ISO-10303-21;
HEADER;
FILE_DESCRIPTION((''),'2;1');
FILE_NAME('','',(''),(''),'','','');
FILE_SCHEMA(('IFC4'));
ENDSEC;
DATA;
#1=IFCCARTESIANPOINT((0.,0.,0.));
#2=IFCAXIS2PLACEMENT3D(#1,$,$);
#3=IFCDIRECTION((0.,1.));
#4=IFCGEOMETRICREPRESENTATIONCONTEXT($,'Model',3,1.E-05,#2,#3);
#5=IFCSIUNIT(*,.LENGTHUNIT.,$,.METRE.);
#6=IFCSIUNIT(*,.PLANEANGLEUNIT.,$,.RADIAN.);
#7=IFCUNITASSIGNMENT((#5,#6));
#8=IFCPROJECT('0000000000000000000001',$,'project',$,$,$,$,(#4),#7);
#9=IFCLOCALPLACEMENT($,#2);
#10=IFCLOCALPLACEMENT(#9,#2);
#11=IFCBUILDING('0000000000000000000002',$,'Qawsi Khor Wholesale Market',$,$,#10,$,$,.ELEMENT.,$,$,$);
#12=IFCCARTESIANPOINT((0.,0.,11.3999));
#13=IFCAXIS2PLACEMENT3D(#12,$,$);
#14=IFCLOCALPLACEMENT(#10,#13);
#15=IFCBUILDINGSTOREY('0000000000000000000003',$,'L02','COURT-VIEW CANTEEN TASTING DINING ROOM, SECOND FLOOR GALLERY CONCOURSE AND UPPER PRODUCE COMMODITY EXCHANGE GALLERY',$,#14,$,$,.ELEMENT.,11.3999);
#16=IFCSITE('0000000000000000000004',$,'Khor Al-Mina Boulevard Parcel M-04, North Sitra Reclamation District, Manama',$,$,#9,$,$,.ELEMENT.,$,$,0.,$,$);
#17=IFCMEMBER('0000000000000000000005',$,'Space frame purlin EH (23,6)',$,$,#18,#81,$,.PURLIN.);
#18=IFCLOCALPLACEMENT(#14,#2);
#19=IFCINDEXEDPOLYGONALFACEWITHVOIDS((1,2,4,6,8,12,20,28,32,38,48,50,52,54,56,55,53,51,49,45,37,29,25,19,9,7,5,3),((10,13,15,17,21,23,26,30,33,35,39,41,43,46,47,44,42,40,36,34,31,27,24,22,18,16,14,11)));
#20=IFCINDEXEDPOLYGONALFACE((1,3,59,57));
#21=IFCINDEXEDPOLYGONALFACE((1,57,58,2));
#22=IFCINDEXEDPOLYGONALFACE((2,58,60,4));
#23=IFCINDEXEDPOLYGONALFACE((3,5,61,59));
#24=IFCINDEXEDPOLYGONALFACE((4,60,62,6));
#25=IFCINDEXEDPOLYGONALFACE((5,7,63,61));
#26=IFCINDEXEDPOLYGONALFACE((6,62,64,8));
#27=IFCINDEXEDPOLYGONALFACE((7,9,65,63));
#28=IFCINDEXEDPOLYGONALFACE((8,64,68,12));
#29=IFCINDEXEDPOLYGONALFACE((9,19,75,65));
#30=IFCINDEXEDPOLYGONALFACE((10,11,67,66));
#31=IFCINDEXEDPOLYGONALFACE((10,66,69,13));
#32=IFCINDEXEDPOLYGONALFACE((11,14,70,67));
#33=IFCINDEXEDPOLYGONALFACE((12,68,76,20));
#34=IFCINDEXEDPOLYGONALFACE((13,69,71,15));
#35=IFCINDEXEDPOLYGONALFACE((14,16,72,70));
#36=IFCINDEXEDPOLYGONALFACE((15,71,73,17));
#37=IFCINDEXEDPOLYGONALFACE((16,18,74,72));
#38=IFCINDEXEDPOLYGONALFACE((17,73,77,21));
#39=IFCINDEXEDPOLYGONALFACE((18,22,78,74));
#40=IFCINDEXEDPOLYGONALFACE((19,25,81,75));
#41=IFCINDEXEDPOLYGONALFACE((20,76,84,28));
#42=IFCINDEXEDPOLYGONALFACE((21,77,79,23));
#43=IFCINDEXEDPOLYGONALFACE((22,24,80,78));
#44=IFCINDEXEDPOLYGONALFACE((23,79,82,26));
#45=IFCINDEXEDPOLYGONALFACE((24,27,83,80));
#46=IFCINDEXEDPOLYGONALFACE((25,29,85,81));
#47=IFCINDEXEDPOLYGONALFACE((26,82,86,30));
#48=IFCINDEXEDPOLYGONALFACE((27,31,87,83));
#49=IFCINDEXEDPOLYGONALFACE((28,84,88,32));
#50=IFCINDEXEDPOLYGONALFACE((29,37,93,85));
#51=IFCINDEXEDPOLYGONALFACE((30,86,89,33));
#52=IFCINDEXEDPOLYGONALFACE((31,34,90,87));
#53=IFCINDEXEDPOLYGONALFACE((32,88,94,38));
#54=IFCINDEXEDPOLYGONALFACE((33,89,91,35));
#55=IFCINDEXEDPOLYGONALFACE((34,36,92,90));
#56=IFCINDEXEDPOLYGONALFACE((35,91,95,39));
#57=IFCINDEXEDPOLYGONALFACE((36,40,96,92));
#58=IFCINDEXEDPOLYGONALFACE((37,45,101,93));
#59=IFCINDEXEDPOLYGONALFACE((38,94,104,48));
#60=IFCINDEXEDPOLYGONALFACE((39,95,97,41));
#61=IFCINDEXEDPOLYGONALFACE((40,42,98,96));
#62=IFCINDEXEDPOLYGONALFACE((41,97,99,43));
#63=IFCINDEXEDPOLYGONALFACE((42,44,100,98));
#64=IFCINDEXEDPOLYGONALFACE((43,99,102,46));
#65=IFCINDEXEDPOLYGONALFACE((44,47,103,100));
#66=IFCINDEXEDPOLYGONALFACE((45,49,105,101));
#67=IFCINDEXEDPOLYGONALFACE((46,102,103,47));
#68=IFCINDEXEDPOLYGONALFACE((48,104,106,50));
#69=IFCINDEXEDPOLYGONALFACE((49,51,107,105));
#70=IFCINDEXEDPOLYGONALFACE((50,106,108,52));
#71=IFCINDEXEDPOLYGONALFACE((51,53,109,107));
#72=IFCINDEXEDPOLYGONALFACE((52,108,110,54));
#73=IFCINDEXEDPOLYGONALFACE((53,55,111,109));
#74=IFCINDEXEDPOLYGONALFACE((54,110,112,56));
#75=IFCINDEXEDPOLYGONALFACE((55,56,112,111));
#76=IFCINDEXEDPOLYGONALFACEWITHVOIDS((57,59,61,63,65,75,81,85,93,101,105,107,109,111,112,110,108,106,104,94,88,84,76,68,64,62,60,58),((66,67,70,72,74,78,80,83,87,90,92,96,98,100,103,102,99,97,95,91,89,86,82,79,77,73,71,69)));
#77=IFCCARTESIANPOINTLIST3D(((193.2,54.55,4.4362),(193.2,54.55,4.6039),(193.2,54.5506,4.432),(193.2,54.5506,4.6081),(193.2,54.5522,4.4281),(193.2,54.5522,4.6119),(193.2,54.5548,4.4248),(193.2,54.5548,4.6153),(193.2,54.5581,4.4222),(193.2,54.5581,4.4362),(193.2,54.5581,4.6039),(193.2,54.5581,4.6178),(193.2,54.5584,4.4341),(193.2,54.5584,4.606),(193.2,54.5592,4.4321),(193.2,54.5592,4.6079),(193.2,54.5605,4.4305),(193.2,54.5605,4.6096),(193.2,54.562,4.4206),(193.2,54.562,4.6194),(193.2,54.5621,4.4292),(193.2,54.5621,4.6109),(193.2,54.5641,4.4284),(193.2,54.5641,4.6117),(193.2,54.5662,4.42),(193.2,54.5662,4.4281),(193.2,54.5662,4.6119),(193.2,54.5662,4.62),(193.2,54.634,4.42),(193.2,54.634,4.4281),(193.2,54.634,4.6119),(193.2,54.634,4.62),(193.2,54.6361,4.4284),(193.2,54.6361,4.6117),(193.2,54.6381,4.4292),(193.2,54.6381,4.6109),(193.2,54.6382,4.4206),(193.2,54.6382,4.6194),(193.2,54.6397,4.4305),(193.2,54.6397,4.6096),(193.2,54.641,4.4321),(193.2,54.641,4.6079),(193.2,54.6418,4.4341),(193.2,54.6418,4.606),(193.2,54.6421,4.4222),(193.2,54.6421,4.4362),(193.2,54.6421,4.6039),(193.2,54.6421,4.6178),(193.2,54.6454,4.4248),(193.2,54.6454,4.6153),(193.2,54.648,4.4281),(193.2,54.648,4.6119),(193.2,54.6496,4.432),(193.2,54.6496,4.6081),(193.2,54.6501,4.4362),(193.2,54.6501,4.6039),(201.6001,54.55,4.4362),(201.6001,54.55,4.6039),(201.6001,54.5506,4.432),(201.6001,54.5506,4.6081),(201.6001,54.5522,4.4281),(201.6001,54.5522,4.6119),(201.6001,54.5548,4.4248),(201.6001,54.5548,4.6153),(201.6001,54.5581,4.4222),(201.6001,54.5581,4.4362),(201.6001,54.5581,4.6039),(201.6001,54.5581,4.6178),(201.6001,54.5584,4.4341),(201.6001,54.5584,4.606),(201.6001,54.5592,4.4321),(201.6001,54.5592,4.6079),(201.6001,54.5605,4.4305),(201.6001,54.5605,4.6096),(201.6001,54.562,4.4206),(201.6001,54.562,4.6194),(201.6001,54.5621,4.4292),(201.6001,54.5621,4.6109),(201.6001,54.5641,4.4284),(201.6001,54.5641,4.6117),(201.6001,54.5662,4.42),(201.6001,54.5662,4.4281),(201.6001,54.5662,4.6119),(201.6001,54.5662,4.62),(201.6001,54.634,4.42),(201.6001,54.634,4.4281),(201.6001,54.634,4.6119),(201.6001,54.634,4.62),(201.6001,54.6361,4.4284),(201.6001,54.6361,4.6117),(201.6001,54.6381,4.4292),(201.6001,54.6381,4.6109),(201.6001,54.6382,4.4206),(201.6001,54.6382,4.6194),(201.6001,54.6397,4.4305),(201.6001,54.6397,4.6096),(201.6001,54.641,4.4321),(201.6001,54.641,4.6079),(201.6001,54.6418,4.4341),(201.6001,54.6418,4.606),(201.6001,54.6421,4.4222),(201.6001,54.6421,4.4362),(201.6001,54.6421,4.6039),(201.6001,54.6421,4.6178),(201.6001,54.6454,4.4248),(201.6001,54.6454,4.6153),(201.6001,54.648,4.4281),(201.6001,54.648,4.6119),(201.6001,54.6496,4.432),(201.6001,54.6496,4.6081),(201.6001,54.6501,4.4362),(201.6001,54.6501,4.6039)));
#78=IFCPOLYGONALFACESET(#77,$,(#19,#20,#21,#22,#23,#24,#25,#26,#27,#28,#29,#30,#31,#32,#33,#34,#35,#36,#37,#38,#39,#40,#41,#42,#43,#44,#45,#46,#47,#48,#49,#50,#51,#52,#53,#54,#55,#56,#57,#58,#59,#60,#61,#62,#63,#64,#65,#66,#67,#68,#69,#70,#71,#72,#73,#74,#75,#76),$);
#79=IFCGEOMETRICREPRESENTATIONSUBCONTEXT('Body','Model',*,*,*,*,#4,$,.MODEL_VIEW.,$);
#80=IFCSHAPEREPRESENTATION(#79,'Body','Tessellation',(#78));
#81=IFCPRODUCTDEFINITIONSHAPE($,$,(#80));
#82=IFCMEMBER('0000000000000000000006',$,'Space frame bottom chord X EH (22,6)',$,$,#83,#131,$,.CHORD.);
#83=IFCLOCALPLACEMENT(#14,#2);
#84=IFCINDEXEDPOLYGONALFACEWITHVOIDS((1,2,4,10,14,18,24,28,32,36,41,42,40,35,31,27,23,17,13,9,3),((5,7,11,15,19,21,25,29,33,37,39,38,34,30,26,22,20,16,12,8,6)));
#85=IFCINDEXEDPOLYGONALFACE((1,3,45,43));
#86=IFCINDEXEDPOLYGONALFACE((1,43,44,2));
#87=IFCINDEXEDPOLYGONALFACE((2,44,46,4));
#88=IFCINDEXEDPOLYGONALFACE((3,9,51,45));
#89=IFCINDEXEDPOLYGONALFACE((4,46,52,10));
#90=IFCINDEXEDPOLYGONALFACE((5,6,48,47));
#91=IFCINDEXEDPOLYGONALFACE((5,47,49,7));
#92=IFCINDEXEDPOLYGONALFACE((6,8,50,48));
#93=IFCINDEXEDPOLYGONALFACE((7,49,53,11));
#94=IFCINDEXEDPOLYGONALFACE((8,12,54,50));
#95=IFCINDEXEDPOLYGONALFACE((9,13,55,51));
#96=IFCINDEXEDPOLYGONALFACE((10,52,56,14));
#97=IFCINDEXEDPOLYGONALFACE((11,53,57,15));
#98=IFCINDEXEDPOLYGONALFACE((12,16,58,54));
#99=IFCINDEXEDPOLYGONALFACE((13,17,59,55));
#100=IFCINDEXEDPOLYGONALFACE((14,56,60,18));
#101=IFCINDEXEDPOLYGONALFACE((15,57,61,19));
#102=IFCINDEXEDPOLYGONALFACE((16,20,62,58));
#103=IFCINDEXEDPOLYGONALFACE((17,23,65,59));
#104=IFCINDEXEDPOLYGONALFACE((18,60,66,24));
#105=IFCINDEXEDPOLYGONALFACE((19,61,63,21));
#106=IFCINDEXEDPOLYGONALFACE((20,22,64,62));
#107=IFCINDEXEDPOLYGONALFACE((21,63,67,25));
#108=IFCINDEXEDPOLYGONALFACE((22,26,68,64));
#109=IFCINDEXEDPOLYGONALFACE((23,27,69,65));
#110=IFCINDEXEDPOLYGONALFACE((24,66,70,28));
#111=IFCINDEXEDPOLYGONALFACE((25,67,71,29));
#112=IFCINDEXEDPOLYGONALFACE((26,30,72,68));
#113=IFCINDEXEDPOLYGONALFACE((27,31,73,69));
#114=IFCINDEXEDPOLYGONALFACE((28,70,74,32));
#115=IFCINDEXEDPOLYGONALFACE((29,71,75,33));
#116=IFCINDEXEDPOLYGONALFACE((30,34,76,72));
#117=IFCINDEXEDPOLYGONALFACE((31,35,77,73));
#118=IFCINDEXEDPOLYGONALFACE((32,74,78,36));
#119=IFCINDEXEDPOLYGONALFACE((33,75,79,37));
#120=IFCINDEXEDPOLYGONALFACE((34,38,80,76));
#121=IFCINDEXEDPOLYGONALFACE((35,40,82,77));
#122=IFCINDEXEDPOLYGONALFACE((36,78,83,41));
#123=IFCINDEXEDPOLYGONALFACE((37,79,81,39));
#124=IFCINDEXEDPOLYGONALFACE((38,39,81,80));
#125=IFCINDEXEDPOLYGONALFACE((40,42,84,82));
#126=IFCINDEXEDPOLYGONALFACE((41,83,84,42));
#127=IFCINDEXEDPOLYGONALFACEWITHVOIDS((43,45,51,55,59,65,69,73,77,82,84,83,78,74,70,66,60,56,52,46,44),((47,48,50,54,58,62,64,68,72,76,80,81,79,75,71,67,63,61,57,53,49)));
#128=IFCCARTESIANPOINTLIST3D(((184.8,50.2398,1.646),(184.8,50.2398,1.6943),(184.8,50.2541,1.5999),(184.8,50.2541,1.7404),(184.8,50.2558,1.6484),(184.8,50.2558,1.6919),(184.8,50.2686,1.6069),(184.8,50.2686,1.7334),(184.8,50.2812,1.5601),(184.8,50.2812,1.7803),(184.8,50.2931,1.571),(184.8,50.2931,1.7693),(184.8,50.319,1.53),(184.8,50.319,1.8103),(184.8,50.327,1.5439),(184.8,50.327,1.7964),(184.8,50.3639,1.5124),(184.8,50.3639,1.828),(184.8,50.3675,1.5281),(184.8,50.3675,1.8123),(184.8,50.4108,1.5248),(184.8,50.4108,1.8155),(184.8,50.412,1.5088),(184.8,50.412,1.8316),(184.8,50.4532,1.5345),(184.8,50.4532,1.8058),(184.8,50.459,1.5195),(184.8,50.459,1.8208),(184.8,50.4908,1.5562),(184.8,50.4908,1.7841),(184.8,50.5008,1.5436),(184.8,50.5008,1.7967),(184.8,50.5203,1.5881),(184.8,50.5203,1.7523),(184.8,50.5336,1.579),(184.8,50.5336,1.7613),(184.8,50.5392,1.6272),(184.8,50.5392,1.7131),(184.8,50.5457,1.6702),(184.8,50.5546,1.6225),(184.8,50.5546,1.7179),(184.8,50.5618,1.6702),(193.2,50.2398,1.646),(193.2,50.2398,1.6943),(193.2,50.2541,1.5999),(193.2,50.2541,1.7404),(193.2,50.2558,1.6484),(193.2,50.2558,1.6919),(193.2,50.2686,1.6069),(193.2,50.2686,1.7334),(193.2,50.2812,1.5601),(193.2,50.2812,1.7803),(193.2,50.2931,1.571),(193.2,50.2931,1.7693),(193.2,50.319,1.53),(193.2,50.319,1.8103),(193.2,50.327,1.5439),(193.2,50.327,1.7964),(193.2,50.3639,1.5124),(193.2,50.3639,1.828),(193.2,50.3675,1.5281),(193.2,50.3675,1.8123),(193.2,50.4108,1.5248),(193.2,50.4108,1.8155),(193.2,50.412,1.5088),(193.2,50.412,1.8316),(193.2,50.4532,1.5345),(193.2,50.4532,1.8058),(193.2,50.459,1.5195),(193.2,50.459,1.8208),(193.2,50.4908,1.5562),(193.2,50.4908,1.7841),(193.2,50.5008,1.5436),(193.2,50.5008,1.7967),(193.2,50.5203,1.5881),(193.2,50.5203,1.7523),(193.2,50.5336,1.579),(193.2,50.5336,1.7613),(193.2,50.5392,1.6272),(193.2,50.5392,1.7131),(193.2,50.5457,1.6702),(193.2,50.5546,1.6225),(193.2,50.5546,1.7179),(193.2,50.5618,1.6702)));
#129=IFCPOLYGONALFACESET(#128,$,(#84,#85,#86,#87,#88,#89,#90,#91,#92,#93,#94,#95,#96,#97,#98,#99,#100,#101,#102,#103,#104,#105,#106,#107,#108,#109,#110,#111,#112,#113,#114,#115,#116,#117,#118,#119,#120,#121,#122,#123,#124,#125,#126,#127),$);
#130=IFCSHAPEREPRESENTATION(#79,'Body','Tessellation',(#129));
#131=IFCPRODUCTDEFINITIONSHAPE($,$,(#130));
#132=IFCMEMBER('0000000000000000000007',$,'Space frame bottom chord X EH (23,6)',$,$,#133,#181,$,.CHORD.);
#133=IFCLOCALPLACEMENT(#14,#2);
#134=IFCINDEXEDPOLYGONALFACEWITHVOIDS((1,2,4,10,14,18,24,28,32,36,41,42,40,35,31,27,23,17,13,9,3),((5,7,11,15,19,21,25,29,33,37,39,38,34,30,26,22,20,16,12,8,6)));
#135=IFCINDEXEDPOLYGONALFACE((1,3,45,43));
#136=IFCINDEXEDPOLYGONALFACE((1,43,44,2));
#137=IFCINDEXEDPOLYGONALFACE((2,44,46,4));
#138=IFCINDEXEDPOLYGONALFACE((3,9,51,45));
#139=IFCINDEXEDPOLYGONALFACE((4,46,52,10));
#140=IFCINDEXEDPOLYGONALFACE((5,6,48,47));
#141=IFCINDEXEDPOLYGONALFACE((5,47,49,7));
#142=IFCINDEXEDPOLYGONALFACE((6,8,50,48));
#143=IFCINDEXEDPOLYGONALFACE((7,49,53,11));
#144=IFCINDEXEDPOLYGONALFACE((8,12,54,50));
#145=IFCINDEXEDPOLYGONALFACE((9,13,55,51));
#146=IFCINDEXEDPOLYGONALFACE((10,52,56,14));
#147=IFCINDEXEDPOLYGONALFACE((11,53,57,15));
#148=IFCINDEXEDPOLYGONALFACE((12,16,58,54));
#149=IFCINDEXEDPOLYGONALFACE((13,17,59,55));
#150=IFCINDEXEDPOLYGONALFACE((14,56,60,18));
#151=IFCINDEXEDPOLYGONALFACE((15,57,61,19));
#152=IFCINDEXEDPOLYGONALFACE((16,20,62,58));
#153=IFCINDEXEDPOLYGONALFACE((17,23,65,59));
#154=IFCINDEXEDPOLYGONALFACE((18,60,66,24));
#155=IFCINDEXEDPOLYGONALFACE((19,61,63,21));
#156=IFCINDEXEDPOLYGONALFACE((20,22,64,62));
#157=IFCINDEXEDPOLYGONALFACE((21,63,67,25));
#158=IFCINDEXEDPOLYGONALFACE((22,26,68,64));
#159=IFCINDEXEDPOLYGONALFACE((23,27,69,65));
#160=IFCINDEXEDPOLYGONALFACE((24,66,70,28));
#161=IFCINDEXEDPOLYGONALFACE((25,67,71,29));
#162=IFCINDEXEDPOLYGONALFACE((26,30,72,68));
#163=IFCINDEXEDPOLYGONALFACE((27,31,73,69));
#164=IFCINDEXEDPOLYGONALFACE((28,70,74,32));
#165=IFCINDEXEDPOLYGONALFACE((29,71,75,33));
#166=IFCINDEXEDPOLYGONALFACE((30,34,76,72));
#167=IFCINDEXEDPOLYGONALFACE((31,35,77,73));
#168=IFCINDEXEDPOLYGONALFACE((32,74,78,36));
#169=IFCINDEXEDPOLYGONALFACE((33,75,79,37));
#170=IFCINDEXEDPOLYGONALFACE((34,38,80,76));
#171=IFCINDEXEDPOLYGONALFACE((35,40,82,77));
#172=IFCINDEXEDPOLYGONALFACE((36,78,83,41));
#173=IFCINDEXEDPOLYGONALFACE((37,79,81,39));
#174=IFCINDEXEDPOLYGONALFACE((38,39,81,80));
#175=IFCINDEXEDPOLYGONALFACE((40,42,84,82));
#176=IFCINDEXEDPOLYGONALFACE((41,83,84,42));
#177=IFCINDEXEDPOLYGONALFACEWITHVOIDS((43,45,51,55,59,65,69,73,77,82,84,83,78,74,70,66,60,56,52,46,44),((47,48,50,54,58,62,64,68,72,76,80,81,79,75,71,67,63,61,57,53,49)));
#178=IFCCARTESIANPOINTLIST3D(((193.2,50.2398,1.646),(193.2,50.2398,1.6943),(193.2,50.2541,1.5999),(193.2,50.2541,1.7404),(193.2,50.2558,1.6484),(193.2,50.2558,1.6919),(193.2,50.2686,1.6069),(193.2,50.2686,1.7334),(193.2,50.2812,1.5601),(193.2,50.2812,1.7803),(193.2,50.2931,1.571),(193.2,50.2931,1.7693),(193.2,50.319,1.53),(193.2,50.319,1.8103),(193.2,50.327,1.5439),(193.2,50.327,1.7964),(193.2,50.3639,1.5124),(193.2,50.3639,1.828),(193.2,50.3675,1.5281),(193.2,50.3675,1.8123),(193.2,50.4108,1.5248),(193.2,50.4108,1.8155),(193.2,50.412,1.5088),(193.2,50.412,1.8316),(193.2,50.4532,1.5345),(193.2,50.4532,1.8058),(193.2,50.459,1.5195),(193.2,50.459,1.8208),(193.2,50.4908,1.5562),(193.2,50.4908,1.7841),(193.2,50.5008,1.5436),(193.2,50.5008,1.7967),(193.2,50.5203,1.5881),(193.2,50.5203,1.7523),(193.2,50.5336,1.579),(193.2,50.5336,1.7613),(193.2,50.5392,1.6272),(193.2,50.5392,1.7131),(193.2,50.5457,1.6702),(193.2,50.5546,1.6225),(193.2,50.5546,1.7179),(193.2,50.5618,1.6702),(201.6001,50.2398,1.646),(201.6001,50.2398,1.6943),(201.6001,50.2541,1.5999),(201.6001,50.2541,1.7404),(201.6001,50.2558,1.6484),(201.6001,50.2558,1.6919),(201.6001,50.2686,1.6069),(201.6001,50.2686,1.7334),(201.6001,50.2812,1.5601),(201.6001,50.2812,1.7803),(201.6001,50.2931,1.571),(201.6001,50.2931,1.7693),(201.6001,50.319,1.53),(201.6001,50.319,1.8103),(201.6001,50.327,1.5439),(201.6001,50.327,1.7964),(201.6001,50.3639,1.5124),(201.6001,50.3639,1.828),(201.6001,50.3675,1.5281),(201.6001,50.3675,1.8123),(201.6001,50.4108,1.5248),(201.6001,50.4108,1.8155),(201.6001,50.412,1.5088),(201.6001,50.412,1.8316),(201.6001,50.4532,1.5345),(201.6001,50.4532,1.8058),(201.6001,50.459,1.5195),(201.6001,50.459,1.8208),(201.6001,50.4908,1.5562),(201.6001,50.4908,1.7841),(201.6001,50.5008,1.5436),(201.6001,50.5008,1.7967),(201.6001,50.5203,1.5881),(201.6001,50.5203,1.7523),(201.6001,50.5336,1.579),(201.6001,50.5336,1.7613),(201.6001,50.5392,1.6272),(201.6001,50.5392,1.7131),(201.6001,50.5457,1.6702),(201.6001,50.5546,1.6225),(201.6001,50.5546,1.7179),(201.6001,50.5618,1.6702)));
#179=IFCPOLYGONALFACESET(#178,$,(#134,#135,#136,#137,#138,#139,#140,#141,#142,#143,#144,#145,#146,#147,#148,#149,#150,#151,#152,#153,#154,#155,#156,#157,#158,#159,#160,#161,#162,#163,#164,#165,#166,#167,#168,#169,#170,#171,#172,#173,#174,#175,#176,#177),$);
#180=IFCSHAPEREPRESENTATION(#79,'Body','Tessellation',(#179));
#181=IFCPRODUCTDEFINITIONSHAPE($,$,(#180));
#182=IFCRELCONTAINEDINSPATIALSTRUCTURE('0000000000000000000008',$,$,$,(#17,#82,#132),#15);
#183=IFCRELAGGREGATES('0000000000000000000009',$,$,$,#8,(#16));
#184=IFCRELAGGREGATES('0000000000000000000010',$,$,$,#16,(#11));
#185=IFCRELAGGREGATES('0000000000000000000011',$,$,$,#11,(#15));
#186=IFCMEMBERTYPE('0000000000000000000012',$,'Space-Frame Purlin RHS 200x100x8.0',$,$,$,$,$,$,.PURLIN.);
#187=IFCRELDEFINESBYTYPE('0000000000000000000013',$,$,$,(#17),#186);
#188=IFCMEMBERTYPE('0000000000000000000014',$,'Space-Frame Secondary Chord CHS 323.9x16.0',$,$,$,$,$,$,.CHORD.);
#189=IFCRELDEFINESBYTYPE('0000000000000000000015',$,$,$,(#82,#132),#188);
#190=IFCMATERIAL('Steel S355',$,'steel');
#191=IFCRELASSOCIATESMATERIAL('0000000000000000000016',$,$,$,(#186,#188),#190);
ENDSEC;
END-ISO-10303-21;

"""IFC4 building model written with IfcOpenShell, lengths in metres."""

from ifc_helpers import new_model, si_unit, direction, frame, origin, origin_2d, place, context, subcontext, project, spatial, hollow_rectangle, hollow_circle, extrude, material, material_profile, profile_set, type_object, element, save


model = new_model("IFC4")

# Units and contexts
model_context = context("Model", 3, precision=1e-05, world=origin(), true_north=direction((0.0, 1.0)))
body_context = subcontext(model_context, "Body", "Model", "MODEL_VIEW")
ifc_project = project(units=[si_unit("LENGTHUNIT", "METRE"), si_unit("PLANEANGLEUNIT", "RADIAN")], contexts=[model_context])

# Site, building, storey
site_placement = place(None, origin())
site = spatial("IfcSite", under=ifc_project, at=site_placement, Name="Khor Al-Mina Boulevard Parcel M-04, North Sitra Reclamation District, Manama", CompositionType="ELEMENT", RefElevation=0.0)
building_placement = place(site_placement, origin())
building = spatial("IfcBuilding", under=site, at=building_placement, Name="Qawsi Khor Wholesale Market", CompositionType="ELEMENT")
storey_placement = place(building_placement, frame((0.0, 0.0, 11.3999)))
storey = spatial("IfcBuildingStorey", under=building, at=storey_placement, Name="L02", Description="COURT-VIEW CANTEEN TASTING DINING ROOM, SECOND FLOOR GALLERY CONCOURSE AND UPPER PRODUCE COMMODITY EXCHANGE GALLERY", CompositionType="ELEMENT", Elevation=11.3999)

# Members
ifc_material_1 = material(Name="Steel S355", Category="steel")
ifc_material_profile_1 = material_profile(ifc_material_1, hollow_rectangle(XDim=0.1001, YDim=0.2, WallThickness=0.0081, InnerFilletRadius=0.0081, OuterFilletRadius=0.0161, at=origin_2d()), Name="RHS 200x100x8.0")
ifc_profile_set_1 = profile_set([ifc_material_profile_1], Name="Steel S355")
member_type_1 = type_object("IfcMemberType", Name="Space-Frame Purlin RHS 200x100x8.0", PredefinedType="PURLIN", material=ifc_profile_set_1)
for number, where, z_axis, x_axis, name in (
    (1, (193.2, 54.6001, 4.52), (1.0, 0.0, 0.0), (0.0, 1.0, 0.0), "Space frame purlin EH (23,6)"),
):
    element("IfcMember", number, at=place(storey_placement, frame(where, z_axis=z_axis, x_axis=x_axis)), inside=storey, type_object=member_type_1, Name=name, PredefinedType="PURLIN", context=body_context, shape_type="SweptSolid", body=[
        extrude(hollow_rectangle(XDim=0.1001, YDim=0.2, WallThickness=0.0081, InnerFilletRadius=0.0081, OuterFilletRadius=0.0161, at=origin_2d()), origin(), (0.0, 0.0, 1.0), 8.4001),
    ])
ifc_material_profile_2 = material_profile(ifc_material_1, hollow_circle(Radius=0.1619, WallThickness=0.0161, at=origin_2d()), Name="CHS 323.9x16.0")
ifc_profile_set_2 = profile_set([ifc_material_profile_2], Name="Steel S355")
member_type_2 = type_object("IfcMemberType", Name="Space-Frame Secondary Chord CHS 323.9x16.0", PredefinedType="CHORD", material=ifc_profile_set_2)
member_1_placement = place(storey_placement, frame((184.8, 50.3999, 1.6702), z_axis=(1.0, 0.0, 0.0), x_axis=(0.0, 1.0, 0.0)))
element("IfcMember", 2, at=member_1_placement, inside=storey, type_object=member_type_2, Name="Space frame bottom chord X EH (22,6)", PredefinedType="CHORD", context=body_context, shape_type="SweptSolid", body=[
    extrude(hollow_circle(Radius=0.1619, WallThickness=0.0161, at=origin_2d()), origin(), (0.0, 0.0, 1.0), 8.3999),
])
member_2_placement = place(storey_placement, frame((193.2, 50.3999, 1.6702), z_axis=(1.0, 0.0, 0.0), x_axis=(0.0, 1.0, 0.0)))
element("IfcMember", 3, at=member_2_placement, inside=storey, type_object=member_type_2, Name="Space frame bottom chord X EH (23,6)", PredefinedType="CHORD", context=body_context, shape_type="SweptSolid", body=[
    extrude(hollow_circle(Radius=0.1619, WallThickness=0.0161, at=origin_2d()), origin(), (0.0, 0.0, 1.0), 8.4001),
])

save(model, "model.ifc")
